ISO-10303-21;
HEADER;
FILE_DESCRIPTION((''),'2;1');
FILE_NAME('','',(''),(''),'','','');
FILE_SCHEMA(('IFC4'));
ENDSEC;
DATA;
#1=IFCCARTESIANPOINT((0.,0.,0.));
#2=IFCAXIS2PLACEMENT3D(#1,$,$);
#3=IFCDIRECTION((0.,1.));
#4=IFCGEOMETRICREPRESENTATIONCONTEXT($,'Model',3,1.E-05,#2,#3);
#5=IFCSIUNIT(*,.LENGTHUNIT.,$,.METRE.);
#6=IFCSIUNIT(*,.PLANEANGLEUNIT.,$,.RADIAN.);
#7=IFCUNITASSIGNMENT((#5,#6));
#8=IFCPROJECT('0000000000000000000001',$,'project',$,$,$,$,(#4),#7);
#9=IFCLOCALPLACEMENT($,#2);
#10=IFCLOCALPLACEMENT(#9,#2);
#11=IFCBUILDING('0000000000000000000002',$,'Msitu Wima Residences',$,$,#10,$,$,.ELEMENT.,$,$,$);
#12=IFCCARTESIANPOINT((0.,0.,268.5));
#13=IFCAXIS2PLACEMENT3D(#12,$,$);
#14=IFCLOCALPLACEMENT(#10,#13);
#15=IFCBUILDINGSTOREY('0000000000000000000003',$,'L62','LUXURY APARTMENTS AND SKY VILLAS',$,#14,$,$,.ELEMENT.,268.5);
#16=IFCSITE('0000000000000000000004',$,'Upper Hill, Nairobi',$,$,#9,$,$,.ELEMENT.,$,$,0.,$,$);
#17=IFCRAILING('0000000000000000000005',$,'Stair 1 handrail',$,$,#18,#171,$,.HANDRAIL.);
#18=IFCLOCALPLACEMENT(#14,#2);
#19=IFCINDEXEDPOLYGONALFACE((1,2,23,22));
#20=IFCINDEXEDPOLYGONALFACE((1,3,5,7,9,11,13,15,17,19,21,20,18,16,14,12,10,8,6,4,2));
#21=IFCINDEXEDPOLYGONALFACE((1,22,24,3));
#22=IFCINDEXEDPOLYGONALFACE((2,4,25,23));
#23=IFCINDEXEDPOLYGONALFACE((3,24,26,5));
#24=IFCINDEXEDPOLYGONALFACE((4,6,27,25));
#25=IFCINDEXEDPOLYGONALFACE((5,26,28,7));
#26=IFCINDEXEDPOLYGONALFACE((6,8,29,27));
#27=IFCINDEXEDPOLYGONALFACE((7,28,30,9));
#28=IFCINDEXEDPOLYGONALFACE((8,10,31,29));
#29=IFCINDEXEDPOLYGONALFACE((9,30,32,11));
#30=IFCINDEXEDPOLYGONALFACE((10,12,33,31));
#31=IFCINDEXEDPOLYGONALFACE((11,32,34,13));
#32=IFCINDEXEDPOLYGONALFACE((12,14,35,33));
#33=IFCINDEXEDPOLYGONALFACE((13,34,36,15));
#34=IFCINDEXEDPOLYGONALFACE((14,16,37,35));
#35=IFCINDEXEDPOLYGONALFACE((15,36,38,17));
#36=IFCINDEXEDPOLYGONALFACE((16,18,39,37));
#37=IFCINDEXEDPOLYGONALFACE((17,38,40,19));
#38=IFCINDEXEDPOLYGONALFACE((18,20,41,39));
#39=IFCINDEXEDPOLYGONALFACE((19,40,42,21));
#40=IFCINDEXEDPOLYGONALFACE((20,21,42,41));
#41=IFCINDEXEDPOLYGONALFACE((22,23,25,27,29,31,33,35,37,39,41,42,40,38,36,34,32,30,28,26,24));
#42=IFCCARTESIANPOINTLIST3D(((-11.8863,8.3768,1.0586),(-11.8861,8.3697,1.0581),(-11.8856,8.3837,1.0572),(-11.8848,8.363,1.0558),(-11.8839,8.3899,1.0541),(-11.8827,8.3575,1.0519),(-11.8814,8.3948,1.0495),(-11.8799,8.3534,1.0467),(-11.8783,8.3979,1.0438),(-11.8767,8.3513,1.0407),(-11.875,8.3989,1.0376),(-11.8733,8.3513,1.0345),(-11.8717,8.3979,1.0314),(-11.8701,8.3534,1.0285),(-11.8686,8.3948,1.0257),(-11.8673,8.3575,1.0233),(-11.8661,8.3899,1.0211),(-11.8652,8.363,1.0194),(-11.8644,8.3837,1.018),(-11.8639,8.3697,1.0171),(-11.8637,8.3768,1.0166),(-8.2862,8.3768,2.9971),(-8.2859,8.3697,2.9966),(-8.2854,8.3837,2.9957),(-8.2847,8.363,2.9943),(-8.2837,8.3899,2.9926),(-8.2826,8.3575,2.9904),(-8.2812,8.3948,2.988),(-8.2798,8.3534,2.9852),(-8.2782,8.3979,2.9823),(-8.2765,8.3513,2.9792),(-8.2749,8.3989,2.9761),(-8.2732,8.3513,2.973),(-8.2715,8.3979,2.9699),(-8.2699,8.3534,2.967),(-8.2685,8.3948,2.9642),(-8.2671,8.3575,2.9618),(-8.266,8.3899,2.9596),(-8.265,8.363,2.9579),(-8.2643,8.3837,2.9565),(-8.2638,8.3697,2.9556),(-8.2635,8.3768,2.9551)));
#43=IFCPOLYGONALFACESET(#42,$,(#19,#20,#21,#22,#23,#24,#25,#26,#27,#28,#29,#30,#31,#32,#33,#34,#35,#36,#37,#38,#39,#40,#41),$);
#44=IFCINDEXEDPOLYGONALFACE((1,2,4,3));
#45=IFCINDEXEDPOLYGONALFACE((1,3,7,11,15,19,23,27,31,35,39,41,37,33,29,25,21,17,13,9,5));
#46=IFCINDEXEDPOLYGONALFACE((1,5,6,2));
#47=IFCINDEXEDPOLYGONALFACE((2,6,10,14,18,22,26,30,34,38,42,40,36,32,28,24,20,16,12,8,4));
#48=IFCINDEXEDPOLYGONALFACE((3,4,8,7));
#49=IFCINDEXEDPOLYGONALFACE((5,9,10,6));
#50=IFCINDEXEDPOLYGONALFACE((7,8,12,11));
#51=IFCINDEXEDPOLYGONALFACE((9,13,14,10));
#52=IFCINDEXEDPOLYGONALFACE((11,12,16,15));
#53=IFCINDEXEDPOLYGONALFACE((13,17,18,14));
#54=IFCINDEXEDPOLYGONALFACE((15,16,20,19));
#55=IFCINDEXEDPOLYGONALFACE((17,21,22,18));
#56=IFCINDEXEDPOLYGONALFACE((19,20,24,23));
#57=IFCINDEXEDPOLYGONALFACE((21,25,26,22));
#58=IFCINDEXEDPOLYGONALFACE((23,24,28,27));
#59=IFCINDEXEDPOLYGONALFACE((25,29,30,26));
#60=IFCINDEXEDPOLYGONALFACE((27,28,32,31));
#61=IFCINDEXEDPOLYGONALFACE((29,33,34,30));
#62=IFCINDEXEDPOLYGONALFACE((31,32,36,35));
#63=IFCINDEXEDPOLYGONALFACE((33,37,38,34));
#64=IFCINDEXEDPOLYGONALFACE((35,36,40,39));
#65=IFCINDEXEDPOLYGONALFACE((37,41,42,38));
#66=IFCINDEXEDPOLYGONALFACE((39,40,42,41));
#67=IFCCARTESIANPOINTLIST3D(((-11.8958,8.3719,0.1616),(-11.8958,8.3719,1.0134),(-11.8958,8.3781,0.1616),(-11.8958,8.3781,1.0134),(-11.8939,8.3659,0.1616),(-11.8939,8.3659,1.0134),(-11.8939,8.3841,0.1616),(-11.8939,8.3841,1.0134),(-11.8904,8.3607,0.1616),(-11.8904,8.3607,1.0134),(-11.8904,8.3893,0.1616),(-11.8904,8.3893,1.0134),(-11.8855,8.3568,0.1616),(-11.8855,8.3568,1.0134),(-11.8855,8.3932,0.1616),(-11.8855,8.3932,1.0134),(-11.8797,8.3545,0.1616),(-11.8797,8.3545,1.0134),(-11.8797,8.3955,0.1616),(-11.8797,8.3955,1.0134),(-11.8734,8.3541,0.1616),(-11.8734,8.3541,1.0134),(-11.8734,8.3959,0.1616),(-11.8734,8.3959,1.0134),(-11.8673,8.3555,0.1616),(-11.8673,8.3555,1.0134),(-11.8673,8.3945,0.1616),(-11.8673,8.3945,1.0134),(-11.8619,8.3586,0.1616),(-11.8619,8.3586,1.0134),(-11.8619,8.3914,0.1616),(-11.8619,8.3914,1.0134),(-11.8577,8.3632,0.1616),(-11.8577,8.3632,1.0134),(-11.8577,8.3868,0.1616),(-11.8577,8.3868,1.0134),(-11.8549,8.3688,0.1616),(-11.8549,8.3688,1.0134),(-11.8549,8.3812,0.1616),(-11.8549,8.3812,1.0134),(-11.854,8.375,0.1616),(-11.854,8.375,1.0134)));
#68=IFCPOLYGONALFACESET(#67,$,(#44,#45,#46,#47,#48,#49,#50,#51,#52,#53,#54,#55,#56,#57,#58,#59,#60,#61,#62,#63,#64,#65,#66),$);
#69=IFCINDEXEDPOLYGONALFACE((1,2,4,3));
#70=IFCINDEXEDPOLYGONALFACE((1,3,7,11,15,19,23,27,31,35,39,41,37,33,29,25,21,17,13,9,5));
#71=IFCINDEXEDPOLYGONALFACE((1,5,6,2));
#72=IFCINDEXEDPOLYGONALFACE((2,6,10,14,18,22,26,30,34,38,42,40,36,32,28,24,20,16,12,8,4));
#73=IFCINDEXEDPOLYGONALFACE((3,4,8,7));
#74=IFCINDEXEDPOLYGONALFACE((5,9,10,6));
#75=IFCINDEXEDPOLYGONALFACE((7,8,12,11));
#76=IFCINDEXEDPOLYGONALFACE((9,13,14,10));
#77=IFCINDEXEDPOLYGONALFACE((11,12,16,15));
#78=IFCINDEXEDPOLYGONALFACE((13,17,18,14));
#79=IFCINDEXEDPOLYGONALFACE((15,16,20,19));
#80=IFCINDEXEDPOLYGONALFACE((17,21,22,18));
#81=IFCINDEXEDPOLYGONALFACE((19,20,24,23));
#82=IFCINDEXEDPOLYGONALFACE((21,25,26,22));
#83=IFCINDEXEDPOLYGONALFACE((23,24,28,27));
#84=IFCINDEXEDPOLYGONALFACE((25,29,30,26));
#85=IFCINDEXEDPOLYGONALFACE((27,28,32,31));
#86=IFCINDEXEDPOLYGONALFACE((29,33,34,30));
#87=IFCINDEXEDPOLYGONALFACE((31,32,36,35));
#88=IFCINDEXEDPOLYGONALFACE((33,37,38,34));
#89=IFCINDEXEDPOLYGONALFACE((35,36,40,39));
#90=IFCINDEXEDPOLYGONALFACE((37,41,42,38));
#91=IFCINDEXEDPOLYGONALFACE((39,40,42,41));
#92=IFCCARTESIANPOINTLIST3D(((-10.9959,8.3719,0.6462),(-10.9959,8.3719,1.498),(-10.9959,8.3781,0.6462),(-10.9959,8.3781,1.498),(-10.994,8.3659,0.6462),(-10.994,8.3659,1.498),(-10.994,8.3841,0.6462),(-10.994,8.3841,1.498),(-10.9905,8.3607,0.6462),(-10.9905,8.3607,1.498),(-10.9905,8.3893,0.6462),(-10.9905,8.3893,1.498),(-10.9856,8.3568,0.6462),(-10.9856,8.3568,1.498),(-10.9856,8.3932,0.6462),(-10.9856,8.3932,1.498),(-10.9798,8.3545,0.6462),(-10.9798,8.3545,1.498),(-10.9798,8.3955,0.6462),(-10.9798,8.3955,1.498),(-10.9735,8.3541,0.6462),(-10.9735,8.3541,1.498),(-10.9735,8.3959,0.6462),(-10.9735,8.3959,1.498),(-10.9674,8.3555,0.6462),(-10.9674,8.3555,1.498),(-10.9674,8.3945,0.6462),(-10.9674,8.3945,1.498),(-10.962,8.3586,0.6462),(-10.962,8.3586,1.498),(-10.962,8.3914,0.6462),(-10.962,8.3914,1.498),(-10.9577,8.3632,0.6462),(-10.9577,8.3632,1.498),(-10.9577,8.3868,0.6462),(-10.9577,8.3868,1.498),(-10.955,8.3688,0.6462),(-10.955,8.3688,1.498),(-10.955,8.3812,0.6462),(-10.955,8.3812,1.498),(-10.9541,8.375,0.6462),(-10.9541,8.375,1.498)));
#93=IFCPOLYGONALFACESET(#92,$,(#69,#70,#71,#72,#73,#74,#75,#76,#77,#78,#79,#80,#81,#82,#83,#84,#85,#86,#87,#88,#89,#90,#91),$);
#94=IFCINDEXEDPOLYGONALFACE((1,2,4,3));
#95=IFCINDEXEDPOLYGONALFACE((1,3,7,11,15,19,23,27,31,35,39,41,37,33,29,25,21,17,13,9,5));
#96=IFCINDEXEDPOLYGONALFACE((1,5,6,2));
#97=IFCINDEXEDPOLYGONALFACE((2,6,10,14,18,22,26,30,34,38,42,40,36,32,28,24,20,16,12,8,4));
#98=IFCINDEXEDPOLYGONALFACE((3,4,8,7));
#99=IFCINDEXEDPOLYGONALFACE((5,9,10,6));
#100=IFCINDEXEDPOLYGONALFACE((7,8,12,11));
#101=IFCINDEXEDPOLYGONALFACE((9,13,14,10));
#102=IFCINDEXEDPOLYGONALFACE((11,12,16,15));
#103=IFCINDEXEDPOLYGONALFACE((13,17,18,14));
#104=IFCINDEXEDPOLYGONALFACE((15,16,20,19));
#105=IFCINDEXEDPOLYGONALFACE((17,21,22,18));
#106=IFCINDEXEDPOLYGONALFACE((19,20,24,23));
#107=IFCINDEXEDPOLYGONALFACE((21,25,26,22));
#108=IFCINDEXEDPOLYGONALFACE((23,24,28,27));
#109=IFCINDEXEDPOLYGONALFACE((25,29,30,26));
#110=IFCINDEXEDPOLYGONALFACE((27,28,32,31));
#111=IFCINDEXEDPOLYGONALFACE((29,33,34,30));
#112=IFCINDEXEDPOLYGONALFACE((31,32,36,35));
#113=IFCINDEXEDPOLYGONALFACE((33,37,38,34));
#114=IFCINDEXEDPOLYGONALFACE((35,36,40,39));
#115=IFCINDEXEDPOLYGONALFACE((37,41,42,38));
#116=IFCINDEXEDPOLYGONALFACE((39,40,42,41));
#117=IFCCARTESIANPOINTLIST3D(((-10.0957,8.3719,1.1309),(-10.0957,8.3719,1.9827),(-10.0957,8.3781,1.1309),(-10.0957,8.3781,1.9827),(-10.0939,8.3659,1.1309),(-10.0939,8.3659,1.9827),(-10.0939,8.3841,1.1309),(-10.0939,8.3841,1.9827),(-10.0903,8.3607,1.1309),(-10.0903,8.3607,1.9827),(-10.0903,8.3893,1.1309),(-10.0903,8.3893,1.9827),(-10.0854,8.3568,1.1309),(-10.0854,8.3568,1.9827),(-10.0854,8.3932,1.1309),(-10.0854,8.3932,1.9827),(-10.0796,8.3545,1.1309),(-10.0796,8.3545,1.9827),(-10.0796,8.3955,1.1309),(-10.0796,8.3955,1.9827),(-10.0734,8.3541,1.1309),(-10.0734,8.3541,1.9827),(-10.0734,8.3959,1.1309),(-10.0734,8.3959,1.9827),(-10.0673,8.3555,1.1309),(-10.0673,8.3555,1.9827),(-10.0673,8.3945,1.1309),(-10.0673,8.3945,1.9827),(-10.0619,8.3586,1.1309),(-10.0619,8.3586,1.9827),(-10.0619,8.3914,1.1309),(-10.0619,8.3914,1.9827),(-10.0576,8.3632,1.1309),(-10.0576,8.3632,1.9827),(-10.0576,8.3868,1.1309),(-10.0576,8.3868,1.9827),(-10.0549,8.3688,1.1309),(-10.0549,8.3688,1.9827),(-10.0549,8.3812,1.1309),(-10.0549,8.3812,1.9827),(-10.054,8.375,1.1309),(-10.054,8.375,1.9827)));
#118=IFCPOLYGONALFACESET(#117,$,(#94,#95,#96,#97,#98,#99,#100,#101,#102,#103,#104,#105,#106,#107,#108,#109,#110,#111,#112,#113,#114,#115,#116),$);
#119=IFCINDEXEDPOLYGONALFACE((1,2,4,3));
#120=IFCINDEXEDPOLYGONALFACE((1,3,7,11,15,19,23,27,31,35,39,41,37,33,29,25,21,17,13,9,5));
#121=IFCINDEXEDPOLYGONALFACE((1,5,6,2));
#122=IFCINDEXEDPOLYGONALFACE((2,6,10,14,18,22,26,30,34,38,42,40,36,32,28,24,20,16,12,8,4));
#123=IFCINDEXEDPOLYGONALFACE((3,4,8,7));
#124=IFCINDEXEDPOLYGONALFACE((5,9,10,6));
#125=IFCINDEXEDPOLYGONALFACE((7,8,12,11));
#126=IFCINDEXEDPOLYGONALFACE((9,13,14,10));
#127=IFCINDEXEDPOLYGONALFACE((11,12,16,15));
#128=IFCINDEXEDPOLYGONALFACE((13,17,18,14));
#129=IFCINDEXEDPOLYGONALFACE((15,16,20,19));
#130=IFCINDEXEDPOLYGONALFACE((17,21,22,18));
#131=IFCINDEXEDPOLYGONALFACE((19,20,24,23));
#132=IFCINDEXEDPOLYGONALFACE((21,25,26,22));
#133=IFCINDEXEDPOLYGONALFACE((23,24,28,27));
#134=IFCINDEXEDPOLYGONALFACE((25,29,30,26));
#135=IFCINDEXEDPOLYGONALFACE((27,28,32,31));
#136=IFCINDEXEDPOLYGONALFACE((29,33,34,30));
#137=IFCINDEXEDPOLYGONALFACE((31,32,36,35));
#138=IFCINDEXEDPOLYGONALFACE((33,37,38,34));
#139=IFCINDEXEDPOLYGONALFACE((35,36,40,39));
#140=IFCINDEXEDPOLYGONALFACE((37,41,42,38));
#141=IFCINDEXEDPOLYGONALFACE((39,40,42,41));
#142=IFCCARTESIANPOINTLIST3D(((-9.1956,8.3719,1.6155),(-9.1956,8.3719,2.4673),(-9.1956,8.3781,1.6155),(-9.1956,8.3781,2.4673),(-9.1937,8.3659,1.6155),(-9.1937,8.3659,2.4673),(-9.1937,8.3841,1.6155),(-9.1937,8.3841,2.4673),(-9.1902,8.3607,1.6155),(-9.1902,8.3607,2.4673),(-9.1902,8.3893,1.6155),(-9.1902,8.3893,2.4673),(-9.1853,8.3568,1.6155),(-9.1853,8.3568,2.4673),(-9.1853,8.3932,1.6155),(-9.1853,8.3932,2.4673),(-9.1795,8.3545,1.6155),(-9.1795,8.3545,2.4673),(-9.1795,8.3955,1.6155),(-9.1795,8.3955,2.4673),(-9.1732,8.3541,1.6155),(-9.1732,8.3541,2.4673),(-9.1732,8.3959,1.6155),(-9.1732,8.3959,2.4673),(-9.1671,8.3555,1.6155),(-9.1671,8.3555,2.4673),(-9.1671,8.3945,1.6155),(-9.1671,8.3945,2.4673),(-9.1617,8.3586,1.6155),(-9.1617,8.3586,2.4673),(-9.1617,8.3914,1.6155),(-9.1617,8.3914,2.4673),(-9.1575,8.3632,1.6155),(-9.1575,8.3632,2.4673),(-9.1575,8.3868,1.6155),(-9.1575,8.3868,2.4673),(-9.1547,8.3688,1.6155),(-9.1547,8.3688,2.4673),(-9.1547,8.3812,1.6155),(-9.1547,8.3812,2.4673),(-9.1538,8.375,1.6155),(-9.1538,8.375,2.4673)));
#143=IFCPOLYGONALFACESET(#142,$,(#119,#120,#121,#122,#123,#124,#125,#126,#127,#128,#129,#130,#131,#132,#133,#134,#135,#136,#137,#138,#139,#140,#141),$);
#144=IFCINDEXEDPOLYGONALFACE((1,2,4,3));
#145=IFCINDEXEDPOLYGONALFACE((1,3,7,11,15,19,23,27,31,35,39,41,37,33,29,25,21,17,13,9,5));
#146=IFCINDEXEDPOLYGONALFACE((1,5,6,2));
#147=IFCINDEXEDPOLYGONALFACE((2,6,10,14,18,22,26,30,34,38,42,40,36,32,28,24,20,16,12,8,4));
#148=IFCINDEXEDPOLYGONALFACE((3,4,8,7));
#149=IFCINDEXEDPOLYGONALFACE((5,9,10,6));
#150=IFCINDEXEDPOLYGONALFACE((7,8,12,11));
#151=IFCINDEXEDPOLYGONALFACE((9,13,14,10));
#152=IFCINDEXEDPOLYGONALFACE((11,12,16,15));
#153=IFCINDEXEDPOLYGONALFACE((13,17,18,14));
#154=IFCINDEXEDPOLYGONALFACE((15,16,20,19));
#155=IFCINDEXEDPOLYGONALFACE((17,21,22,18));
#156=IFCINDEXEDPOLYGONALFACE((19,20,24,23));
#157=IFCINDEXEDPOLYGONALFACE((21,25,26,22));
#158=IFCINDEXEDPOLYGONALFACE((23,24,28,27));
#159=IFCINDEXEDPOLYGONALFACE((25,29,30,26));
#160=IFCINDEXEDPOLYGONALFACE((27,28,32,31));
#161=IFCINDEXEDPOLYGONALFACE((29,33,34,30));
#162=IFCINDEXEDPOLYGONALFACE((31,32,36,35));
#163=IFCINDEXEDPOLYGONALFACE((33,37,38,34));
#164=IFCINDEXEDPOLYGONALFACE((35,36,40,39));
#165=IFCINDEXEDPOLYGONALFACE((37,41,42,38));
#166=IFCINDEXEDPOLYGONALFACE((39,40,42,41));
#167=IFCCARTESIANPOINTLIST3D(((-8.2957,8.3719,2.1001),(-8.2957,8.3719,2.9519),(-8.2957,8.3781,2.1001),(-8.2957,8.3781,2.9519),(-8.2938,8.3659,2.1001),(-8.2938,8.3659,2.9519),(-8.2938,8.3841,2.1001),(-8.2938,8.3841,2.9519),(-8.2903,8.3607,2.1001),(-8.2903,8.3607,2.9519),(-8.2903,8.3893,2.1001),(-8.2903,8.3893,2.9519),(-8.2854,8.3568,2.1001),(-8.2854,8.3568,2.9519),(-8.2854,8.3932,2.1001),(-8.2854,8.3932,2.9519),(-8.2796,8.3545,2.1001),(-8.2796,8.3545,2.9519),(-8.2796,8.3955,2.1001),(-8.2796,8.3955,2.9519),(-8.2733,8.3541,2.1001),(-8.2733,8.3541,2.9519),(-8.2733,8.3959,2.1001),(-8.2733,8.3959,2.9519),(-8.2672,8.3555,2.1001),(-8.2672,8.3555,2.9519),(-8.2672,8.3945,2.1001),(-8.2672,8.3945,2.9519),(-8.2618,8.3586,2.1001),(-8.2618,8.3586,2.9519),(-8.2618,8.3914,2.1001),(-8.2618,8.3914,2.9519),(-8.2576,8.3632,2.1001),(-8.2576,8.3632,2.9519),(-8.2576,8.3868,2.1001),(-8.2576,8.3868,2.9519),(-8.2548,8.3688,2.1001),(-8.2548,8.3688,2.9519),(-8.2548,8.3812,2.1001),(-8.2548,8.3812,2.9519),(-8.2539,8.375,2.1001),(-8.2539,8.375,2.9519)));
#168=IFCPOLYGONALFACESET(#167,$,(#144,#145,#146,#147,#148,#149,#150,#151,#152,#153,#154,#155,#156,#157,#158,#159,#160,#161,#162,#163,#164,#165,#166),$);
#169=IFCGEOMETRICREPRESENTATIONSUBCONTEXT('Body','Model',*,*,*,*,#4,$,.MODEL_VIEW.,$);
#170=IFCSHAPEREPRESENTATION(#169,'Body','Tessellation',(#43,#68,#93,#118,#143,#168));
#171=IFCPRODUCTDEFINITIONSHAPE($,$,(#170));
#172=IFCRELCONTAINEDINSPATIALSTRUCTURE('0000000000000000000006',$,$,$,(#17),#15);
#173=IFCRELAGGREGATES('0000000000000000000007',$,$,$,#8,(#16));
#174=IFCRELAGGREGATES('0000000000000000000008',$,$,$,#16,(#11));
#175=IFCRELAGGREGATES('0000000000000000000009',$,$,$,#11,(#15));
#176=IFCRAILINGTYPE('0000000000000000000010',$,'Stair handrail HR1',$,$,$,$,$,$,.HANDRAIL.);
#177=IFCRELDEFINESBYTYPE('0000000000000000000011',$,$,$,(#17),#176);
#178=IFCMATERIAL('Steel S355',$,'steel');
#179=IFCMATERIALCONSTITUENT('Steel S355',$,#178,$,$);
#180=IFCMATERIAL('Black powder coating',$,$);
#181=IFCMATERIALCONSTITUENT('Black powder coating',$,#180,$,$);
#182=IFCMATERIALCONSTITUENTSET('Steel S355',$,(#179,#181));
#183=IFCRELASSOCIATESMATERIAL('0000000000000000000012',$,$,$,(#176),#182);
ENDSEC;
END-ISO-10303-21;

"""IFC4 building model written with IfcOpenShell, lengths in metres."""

from ifc_helpers import new_model, si_unit, direction, frame, origin, origin_2d, place, context, subcontext, project, spatial, circle, extrude, material, constituent, constituent_set, type_object, element, save


model = new_model("IFC4")

# Units and contexts
model_context = context("Model", 3, precision=1e-05, world=origin(), true_north=direction((0.0, 1.0)))
body_context = subcontext(model_context, "Body", "Model", "MODEL_VIEW")
ifc_project = project(units=[si_unit("LENGTHUNIT", "METRE"), si_unit("PLANEANGLEUNIT", "RADIAN")], contexts=[model_context])

# Site, building, storey
site_placement = place(None, origin())
site = spatial("IfcSite", under=ifc_project, at=site_placement, Name="Upper Hill, Nairobi", CompositionType="ELEMENT", RefElevation=0.0)
building_placement = place(site_placement, origin())
building = spatial("IfcBuilding", under=site, at=building_placement, Name="Msitu Wima Residences", CompositionType="ELEMENT")
storey_placement = place(building_placement, frame((0.0, 0.0, 268.5)))
storey = spatial("IfcBuildingStorey", under=building, at=storey_placement, Name="L62", Description="LUXURY APARTMENTS AND SKY VILLAS", CompositionType="ELEMENT", Elevation=268.5)

# Railing
ifc_material_1 = material(Name="Steel S355", Category="steel")
ifc_constituent_1 = constituent(ifc_material_1, Name="Steel S355")
ifc_material_2 = material(Name="Black powder coating")
ifc_constituent_2 = constituent(ifc_material_2, Name="Black powder coating")
ifc_constituent_set = constituent_set(constituents=[ifc_constituent_1, ifc_constituent_2], Name="Steel S355")
railing_type = type_object("IfcRailingType", Name="Stair handrail HR1", PredefinedType="HANDRAIL", material=ifc_constituent_set)
for number, where, name in (
    (1, (-11.875, 8.375, 0.1616), "Stair 1 handrail"),
):
    element("IfcRailing", number, at=place(storey_placement, frame(where)), inside=storey, type_object=railing_type, Name=name, PredefinedType="HANDRAIL", context=body_context, shape_type="SweptSolid", body=[
        extrude(circle(Radius=0.0239, at=origin_2d()), frame((0.0, 0.0, 0.876), z_axis=(0.880475, 0.0, 0.474093), x_axis=(0.0, 1.0, 0.0)), (0.0, 0.0, 1.0), 4.0889),
        extrude(circle(Radius=0.021, at=origin_2d()), origin(), (0.0, 0.0, 1.0), 0.8518),
        extrude(circle(Radius=0.021, at=origin_2d()), frame((0.8999, 0.0, 0.4846)), (0.0, 0.0, 1.0), 0.8518),
        extrude(circle(Radius=0.021, at=origin_2d()), frame((1.8, 0.0, 0.9692)), (0.0, 0.0, 1.0), 0.8518),
        extrude(circle(Radius=0.021, at=origin_2d()), frame((2.7002, 0.0, 1.4539)), (0.0, 0.0, 1.0), 0.8518),
        extrude(circle(Radius=0.021, at=origin_2d()), frame((3.6001, 0.0, 1.9385)), (0.0, 0.0, 1.0), 0.8518),
    ])

save(model, "model.ifc")
